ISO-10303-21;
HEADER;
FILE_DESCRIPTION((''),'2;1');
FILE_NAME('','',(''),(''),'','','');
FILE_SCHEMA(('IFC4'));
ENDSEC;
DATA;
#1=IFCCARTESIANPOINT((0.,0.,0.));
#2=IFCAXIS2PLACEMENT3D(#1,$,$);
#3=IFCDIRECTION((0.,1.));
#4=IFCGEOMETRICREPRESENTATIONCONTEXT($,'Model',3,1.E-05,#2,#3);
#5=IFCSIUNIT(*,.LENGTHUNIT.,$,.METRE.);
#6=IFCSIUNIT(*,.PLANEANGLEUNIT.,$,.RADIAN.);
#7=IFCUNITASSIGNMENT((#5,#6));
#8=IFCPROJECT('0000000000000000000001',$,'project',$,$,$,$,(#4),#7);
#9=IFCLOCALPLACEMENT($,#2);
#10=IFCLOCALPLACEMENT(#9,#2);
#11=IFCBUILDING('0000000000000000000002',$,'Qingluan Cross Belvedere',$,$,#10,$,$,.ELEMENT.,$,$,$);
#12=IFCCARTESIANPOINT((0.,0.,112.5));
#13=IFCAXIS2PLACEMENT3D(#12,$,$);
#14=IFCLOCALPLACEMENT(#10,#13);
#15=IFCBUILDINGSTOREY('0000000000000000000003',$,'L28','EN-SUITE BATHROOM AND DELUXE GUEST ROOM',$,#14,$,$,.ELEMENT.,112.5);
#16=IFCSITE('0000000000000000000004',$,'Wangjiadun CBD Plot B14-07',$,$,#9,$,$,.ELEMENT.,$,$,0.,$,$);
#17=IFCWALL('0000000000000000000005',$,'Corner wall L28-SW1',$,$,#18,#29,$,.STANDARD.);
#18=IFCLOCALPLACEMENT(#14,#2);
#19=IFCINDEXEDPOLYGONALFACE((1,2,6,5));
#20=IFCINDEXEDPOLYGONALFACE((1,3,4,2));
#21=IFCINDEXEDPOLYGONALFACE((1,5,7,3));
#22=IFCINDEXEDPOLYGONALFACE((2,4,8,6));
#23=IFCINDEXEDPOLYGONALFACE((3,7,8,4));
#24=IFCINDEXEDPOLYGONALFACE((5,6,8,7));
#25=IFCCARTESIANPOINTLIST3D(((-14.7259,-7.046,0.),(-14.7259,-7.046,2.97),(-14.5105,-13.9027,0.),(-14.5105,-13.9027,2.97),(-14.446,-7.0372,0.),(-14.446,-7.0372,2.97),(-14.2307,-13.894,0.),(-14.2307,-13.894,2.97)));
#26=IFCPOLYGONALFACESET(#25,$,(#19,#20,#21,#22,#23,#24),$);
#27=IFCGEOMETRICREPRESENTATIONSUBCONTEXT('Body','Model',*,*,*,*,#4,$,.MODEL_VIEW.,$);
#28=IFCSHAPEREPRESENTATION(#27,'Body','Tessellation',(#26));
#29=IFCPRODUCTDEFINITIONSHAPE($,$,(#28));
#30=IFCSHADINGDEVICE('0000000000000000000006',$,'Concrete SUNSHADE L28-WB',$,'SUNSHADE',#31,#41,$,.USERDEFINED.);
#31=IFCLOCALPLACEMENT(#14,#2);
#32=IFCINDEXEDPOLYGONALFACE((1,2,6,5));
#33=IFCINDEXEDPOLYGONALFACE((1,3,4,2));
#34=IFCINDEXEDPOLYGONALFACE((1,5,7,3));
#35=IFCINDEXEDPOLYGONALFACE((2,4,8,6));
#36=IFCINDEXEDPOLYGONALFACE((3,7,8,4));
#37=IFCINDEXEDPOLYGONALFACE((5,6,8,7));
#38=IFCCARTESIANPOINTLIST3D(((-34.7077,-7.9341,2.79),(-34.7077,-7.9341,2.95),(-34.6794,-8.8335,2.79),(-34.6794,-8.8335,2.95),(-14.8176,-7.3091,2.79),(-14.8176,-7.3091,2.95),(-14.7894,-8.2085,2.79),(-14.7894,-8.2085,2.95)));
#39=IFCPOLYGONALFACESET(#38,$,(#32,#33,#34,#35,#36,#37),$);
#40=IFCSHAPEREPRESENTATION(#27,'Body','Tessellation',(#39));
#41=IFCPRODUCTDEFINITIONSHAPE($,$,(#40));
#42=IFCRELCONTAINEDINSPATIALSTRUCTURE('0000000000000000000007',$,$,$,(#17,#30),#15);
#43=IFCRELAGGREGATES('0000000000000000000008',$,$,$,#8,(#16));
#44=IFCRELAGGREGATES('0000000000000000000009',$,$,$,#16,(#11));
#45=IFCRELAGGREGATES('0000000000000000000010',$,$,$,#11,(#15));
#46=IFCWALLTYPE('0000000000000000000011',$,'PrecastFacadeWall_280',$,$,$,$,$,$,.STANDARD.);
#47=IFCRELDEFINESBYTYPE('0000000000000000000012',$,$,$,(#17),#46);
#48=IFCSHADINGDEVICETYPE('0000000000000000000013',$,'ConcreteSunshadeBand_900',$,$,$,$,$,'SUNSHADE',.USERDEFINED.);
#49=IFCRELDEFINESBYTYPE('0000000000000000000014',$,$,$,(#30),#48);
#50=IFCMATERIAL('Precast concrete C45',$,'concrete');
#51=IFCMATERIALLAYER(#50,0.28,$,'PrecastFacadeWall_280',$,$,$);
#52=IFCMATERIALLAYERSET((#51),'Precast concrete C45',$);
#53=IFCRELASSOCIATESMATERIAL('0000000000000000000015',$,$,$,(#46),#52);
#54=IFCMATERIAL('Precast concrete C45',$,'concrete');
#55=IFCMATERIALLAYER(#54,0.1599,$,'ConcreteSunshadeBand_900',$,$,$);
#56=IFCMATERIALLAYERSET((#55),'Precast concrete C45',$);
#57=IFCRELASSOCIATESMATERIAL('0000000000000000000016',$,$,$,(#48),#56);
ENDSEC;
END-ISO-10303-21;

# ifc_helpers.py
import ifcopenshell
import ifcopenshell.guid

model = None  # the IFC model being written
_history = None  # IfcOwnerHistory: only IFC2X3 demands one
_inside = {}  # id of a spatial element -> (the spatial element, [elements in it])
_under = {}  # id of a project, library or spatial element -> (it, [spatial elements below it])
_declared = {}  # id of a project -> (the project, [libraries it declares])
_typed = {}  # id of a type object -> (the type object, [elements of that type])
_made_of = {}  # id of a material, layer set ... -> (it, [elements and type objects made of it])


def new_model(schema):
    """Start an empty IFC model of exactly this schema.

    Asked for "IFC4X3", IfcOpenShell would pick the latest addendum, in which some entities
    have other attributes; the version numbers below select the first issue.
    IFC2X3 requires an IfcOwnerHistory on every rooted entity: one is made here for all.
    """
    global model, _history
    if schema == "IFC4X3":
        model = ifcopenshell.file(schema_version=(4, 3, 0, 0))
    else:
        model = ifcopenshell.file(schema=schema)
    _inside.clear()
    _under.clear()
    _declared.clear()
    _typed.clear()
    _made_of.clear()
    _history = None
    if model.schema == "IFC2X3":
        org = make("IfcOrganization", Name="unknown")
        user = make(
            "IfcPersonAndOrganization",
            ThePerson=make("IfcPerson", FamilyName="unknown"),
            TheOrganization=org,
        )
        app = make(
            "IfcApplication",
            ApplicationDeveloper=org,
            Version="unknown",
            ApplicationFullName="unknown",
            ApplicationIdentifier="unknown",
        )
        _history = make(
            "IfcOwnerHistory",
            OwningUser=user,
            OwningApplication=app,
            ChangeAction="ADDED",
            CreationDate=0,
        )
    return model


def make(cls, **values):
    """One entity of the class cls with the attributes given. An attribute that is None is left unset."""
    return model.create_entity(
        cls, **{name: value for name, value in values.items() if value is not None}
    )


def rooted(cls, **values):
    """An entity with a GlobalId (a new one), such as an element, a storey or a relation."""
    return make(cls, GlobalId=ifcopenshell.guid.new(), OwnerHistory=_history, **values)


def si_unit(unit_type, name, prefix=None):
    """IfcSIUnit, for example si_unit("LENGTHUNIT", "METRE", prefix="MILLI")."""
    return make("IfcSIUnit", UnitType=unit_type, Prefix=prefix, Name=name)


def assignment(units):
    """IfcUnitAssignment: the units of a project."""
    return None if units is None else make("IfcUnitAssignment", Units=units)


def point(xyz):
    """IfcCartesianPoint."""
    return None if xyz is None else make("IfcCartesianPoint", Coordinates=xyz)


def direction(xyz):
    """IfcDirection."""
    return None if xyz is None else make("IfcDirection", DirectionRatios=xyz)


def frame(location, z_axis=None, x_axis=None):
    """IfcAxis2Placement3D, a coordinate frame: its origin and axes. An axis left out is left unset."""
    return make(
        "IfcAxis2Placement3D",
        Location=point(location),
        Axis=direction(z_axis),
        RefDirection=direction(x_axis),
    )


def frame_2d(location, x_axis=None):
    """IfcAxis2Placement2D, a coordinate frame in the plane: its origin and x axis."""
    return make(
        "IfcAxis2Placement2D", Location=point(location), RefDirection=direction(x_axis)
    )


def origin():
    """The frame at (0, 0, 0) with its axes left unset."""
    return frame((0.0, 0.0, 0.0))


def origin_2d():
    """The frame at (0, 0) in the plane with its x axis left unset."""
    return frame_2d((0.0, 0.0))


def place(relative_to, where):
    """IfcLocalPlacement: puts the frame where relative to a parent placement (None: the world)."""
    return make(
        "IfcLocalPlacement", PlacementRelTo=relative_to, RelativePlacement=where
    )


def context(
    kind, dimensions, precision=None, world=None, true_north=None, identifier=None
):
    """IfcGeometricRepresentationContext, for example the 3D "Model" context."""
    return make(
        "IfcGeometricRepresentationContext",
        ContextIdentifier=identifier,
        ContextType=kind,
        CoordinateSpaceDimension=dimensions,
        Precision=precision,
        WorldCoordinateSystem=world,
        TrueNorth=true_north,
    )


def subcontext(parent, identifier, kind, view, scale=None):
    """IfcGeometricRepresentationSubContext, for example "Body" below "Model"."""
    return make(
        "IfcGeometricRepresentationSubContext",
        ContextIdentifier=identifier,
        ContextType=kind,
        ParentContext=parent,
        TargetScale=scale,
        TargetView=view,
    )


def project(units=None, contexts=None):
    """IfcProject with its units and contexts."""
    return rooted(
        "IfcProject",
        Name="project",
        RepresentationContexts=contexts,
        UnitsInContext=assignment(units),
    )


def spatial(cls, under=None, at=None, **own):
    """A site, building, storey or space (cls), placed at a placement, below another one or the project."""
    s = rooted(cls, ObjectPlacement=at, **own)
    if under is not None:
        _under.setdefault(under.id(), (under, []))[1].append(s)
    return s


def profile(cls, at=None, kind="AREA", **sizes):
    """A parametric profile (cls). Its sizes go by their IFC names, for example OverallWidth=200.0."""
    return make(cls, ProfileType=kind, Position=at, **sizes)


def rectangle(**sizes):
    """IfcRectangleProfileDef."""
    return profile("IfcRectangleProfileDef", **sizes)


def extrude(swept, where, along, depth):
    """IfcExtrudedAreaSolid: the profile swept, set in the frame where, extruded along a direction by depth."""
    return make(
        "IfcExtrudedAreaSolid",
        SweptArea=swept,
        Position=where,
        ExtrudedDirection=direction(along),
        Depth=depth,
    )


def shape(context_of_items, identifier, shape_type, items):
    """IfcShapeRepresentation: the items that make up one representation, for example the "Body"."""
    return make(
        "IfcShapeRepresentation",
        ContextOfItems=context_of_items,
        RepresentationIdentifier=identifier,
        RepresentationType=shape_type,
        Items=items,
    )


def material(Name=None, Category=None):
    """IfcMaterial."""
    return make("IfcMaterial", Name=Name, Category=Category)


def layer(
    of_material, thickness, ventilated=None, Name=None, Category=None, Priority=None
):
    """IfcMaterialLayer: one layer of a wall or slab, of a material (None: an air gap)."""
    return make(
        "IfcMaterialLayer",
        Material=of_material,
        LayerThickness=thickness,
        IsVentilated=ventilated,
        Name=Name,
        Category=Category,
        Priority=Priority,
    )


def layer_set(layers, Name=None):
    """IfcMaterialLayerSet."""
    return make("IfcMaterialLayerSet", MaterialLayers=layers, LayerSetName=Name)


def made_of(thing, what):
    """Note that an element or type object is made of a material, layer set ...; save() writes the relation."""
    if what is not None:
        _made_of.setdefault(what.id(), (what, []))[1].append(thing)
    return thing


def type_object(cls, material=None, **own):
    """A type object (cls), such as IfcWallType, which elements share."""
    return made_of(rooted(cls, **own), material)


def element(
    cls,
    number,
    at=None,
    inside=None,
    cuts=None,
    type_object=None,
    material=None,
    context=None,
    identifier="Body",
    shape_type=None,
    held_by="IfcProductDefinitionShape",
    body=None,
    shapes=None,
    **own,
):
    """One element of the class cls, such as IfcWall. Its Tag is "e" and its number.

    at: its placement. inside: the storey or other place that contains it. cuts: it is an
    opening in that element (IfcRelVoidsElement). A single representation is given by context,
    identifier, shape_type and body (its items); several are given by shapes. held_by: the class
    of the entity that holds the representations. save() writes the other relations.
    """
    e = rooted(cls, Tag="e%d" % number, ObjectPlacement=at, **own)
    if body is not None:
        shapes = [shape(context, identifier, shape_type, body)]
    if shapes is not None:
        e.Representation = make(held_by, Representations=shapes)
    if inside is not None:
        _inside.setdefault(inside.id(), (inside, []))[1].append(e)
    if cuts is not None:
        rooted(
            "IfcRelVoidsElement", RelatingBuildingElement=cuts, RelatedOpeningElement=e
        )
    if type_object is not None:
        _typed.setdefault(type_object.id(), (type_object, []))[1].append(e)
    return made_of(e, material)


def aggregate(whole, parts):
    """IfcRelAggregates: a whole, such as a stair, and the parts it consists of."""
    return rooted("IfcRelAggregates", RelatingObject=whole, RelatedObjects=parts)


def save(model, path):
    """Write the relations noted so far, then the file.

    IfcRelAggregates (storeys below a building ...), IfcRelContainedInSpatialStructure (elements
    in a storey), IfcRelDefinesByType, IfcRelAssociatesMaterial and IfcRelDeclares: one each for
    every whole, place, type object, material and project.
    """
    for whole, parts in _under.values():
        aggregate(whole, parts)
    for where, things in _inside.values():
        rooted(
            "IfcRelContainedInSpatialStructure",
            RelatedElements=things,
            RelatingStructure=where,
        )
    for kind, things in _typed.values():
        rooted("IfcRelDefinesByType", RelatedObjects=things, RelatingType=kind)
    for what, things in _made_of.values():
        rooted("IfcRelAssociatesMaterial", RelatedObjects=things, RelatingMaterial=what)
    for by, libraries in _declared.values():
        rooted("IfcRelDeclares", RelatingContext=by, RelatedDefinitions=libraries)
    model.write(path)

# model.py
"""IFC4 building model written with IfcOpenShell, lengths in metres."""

from ifc_helpers import new_model, si_unit, direction, frame, frame_2d, origin, origin_2d, place, context, subcontext, project, spatial, rectangle, extrude, material, layer, layer_set, type_object, element, save


model = new_model("IFC4")

# Units and contexts
model_context = context("Model", 3, precision=1e-05, world=origin(), true_north=direction((0.0, 1.0)))
body_context = subcontext(model_context, "Body", "Model", "MODEL_VIEW")
ifc_project = project(units=[si_unit("LENGTHUNIT", "METRE"), si_unit("PLANEANGLEUNIT", "RADIAN")], contexts=[model_context])

# Site, building, storey
site_placement = place(None, origin())
site = spatial("IfcSite", under=ifc_project, at=site_placement, Name="Wangjiadun CBD Plot B14-07", CompositionType="ELEMENT", RefElevation=0.0)
building_placement = place(site_placement, origin())
building = spatial("IfcBuilding", under=site, at=building_placement, Name="Qingluan Cross Belvedere", CompositionType="ELEMENT")
storey_placement = place(building_placement, frame((0.0, 0.0, 112.5)))
storey = spatial("IfcBuildingStorey", under=building, at=storey_placement, Name="L28", Description="EN-SUITE BATHROOM AND DELUXE GUEST ROOM", CompositionType="ELEMENT", Elevation=112.5)

# Shared definitions
ifc_material_1 = material(Name="Precast concrete C45", Category="concrete")
ifc_layer_1 = layer(ifc_material_1, 0.28, Name="PrecastFacadeWall_280")
ifc_layer_set_1 = layer_set([ifc_layer_1], Name="Precast concrete C45")
wall_type_1 = type_object("IfcWallType", Name="PrecastFacadeWall_280", PredefinedType="STANDARD", material=ifc_layer_set_1)

# Wall
wall_1_placement = place(storey_placement, frame((-14.5859, -7.0415, 0.0), z_axis=(0.0, 0.0, 1.0), x_axis=(0.031389, -0.999507, 0.0)))
element("IfcWall", 1, at=wall_1_placement, inside=storey, type_object=wall_type_1, Name="Corner wall L28-SW1", PredefinedType="STANDARD", context=body_context, shape_type="SweptSolid", body=[
    extrude(rectangle(XDim=6.8601, YDim=0.28, at=frame_2d((3.4302, 0.0))), origin(), (0.0, 0.0, 1.0), 2.97),
])

# Shading device
ifc_material_2 = material(Name="Precast concrete C45", Category="concrete")
ifc_layer_2 = layer(ifc_material_2, 0.1599, Name="ConcreteSunshadeBand_900")
ifc_layer_set_2 = layer_set([ifc_layer_2], Name="Precast concrete C45")
shading_device_type = type_object("IfcShadingDeviceType", Name="ConcreteSunshadeBand_900", ElementType="SUNSHADE", PredefinedType="USERDEFINED", material=ifc_layer_set_2)
shading_device_placement = place(storey_placement, frame((-24.7485, -8.0713, 2.79), z_axis=(0.0, 0.0, 1.0), x_axis=(0.999507, 0.031408, 0.0)))
element("IfcShadingDevice", 2, at=shading_device_placement, inside=storey, type_object=shading_device_type, Name="Concrete SUNSHADE L28-WB", ObjectType="SUNSHADE", PredefinedType="USERDEFINED", context=body_context, shape_type="SweptSolid", body=[
    extrude(rectangle(XDim=19.8999, YDim=0.8999, at=origin_2d()), origin(), (0.0, 0.0, 1.0), 0.1599),
])

save(model, "model.ifc")
